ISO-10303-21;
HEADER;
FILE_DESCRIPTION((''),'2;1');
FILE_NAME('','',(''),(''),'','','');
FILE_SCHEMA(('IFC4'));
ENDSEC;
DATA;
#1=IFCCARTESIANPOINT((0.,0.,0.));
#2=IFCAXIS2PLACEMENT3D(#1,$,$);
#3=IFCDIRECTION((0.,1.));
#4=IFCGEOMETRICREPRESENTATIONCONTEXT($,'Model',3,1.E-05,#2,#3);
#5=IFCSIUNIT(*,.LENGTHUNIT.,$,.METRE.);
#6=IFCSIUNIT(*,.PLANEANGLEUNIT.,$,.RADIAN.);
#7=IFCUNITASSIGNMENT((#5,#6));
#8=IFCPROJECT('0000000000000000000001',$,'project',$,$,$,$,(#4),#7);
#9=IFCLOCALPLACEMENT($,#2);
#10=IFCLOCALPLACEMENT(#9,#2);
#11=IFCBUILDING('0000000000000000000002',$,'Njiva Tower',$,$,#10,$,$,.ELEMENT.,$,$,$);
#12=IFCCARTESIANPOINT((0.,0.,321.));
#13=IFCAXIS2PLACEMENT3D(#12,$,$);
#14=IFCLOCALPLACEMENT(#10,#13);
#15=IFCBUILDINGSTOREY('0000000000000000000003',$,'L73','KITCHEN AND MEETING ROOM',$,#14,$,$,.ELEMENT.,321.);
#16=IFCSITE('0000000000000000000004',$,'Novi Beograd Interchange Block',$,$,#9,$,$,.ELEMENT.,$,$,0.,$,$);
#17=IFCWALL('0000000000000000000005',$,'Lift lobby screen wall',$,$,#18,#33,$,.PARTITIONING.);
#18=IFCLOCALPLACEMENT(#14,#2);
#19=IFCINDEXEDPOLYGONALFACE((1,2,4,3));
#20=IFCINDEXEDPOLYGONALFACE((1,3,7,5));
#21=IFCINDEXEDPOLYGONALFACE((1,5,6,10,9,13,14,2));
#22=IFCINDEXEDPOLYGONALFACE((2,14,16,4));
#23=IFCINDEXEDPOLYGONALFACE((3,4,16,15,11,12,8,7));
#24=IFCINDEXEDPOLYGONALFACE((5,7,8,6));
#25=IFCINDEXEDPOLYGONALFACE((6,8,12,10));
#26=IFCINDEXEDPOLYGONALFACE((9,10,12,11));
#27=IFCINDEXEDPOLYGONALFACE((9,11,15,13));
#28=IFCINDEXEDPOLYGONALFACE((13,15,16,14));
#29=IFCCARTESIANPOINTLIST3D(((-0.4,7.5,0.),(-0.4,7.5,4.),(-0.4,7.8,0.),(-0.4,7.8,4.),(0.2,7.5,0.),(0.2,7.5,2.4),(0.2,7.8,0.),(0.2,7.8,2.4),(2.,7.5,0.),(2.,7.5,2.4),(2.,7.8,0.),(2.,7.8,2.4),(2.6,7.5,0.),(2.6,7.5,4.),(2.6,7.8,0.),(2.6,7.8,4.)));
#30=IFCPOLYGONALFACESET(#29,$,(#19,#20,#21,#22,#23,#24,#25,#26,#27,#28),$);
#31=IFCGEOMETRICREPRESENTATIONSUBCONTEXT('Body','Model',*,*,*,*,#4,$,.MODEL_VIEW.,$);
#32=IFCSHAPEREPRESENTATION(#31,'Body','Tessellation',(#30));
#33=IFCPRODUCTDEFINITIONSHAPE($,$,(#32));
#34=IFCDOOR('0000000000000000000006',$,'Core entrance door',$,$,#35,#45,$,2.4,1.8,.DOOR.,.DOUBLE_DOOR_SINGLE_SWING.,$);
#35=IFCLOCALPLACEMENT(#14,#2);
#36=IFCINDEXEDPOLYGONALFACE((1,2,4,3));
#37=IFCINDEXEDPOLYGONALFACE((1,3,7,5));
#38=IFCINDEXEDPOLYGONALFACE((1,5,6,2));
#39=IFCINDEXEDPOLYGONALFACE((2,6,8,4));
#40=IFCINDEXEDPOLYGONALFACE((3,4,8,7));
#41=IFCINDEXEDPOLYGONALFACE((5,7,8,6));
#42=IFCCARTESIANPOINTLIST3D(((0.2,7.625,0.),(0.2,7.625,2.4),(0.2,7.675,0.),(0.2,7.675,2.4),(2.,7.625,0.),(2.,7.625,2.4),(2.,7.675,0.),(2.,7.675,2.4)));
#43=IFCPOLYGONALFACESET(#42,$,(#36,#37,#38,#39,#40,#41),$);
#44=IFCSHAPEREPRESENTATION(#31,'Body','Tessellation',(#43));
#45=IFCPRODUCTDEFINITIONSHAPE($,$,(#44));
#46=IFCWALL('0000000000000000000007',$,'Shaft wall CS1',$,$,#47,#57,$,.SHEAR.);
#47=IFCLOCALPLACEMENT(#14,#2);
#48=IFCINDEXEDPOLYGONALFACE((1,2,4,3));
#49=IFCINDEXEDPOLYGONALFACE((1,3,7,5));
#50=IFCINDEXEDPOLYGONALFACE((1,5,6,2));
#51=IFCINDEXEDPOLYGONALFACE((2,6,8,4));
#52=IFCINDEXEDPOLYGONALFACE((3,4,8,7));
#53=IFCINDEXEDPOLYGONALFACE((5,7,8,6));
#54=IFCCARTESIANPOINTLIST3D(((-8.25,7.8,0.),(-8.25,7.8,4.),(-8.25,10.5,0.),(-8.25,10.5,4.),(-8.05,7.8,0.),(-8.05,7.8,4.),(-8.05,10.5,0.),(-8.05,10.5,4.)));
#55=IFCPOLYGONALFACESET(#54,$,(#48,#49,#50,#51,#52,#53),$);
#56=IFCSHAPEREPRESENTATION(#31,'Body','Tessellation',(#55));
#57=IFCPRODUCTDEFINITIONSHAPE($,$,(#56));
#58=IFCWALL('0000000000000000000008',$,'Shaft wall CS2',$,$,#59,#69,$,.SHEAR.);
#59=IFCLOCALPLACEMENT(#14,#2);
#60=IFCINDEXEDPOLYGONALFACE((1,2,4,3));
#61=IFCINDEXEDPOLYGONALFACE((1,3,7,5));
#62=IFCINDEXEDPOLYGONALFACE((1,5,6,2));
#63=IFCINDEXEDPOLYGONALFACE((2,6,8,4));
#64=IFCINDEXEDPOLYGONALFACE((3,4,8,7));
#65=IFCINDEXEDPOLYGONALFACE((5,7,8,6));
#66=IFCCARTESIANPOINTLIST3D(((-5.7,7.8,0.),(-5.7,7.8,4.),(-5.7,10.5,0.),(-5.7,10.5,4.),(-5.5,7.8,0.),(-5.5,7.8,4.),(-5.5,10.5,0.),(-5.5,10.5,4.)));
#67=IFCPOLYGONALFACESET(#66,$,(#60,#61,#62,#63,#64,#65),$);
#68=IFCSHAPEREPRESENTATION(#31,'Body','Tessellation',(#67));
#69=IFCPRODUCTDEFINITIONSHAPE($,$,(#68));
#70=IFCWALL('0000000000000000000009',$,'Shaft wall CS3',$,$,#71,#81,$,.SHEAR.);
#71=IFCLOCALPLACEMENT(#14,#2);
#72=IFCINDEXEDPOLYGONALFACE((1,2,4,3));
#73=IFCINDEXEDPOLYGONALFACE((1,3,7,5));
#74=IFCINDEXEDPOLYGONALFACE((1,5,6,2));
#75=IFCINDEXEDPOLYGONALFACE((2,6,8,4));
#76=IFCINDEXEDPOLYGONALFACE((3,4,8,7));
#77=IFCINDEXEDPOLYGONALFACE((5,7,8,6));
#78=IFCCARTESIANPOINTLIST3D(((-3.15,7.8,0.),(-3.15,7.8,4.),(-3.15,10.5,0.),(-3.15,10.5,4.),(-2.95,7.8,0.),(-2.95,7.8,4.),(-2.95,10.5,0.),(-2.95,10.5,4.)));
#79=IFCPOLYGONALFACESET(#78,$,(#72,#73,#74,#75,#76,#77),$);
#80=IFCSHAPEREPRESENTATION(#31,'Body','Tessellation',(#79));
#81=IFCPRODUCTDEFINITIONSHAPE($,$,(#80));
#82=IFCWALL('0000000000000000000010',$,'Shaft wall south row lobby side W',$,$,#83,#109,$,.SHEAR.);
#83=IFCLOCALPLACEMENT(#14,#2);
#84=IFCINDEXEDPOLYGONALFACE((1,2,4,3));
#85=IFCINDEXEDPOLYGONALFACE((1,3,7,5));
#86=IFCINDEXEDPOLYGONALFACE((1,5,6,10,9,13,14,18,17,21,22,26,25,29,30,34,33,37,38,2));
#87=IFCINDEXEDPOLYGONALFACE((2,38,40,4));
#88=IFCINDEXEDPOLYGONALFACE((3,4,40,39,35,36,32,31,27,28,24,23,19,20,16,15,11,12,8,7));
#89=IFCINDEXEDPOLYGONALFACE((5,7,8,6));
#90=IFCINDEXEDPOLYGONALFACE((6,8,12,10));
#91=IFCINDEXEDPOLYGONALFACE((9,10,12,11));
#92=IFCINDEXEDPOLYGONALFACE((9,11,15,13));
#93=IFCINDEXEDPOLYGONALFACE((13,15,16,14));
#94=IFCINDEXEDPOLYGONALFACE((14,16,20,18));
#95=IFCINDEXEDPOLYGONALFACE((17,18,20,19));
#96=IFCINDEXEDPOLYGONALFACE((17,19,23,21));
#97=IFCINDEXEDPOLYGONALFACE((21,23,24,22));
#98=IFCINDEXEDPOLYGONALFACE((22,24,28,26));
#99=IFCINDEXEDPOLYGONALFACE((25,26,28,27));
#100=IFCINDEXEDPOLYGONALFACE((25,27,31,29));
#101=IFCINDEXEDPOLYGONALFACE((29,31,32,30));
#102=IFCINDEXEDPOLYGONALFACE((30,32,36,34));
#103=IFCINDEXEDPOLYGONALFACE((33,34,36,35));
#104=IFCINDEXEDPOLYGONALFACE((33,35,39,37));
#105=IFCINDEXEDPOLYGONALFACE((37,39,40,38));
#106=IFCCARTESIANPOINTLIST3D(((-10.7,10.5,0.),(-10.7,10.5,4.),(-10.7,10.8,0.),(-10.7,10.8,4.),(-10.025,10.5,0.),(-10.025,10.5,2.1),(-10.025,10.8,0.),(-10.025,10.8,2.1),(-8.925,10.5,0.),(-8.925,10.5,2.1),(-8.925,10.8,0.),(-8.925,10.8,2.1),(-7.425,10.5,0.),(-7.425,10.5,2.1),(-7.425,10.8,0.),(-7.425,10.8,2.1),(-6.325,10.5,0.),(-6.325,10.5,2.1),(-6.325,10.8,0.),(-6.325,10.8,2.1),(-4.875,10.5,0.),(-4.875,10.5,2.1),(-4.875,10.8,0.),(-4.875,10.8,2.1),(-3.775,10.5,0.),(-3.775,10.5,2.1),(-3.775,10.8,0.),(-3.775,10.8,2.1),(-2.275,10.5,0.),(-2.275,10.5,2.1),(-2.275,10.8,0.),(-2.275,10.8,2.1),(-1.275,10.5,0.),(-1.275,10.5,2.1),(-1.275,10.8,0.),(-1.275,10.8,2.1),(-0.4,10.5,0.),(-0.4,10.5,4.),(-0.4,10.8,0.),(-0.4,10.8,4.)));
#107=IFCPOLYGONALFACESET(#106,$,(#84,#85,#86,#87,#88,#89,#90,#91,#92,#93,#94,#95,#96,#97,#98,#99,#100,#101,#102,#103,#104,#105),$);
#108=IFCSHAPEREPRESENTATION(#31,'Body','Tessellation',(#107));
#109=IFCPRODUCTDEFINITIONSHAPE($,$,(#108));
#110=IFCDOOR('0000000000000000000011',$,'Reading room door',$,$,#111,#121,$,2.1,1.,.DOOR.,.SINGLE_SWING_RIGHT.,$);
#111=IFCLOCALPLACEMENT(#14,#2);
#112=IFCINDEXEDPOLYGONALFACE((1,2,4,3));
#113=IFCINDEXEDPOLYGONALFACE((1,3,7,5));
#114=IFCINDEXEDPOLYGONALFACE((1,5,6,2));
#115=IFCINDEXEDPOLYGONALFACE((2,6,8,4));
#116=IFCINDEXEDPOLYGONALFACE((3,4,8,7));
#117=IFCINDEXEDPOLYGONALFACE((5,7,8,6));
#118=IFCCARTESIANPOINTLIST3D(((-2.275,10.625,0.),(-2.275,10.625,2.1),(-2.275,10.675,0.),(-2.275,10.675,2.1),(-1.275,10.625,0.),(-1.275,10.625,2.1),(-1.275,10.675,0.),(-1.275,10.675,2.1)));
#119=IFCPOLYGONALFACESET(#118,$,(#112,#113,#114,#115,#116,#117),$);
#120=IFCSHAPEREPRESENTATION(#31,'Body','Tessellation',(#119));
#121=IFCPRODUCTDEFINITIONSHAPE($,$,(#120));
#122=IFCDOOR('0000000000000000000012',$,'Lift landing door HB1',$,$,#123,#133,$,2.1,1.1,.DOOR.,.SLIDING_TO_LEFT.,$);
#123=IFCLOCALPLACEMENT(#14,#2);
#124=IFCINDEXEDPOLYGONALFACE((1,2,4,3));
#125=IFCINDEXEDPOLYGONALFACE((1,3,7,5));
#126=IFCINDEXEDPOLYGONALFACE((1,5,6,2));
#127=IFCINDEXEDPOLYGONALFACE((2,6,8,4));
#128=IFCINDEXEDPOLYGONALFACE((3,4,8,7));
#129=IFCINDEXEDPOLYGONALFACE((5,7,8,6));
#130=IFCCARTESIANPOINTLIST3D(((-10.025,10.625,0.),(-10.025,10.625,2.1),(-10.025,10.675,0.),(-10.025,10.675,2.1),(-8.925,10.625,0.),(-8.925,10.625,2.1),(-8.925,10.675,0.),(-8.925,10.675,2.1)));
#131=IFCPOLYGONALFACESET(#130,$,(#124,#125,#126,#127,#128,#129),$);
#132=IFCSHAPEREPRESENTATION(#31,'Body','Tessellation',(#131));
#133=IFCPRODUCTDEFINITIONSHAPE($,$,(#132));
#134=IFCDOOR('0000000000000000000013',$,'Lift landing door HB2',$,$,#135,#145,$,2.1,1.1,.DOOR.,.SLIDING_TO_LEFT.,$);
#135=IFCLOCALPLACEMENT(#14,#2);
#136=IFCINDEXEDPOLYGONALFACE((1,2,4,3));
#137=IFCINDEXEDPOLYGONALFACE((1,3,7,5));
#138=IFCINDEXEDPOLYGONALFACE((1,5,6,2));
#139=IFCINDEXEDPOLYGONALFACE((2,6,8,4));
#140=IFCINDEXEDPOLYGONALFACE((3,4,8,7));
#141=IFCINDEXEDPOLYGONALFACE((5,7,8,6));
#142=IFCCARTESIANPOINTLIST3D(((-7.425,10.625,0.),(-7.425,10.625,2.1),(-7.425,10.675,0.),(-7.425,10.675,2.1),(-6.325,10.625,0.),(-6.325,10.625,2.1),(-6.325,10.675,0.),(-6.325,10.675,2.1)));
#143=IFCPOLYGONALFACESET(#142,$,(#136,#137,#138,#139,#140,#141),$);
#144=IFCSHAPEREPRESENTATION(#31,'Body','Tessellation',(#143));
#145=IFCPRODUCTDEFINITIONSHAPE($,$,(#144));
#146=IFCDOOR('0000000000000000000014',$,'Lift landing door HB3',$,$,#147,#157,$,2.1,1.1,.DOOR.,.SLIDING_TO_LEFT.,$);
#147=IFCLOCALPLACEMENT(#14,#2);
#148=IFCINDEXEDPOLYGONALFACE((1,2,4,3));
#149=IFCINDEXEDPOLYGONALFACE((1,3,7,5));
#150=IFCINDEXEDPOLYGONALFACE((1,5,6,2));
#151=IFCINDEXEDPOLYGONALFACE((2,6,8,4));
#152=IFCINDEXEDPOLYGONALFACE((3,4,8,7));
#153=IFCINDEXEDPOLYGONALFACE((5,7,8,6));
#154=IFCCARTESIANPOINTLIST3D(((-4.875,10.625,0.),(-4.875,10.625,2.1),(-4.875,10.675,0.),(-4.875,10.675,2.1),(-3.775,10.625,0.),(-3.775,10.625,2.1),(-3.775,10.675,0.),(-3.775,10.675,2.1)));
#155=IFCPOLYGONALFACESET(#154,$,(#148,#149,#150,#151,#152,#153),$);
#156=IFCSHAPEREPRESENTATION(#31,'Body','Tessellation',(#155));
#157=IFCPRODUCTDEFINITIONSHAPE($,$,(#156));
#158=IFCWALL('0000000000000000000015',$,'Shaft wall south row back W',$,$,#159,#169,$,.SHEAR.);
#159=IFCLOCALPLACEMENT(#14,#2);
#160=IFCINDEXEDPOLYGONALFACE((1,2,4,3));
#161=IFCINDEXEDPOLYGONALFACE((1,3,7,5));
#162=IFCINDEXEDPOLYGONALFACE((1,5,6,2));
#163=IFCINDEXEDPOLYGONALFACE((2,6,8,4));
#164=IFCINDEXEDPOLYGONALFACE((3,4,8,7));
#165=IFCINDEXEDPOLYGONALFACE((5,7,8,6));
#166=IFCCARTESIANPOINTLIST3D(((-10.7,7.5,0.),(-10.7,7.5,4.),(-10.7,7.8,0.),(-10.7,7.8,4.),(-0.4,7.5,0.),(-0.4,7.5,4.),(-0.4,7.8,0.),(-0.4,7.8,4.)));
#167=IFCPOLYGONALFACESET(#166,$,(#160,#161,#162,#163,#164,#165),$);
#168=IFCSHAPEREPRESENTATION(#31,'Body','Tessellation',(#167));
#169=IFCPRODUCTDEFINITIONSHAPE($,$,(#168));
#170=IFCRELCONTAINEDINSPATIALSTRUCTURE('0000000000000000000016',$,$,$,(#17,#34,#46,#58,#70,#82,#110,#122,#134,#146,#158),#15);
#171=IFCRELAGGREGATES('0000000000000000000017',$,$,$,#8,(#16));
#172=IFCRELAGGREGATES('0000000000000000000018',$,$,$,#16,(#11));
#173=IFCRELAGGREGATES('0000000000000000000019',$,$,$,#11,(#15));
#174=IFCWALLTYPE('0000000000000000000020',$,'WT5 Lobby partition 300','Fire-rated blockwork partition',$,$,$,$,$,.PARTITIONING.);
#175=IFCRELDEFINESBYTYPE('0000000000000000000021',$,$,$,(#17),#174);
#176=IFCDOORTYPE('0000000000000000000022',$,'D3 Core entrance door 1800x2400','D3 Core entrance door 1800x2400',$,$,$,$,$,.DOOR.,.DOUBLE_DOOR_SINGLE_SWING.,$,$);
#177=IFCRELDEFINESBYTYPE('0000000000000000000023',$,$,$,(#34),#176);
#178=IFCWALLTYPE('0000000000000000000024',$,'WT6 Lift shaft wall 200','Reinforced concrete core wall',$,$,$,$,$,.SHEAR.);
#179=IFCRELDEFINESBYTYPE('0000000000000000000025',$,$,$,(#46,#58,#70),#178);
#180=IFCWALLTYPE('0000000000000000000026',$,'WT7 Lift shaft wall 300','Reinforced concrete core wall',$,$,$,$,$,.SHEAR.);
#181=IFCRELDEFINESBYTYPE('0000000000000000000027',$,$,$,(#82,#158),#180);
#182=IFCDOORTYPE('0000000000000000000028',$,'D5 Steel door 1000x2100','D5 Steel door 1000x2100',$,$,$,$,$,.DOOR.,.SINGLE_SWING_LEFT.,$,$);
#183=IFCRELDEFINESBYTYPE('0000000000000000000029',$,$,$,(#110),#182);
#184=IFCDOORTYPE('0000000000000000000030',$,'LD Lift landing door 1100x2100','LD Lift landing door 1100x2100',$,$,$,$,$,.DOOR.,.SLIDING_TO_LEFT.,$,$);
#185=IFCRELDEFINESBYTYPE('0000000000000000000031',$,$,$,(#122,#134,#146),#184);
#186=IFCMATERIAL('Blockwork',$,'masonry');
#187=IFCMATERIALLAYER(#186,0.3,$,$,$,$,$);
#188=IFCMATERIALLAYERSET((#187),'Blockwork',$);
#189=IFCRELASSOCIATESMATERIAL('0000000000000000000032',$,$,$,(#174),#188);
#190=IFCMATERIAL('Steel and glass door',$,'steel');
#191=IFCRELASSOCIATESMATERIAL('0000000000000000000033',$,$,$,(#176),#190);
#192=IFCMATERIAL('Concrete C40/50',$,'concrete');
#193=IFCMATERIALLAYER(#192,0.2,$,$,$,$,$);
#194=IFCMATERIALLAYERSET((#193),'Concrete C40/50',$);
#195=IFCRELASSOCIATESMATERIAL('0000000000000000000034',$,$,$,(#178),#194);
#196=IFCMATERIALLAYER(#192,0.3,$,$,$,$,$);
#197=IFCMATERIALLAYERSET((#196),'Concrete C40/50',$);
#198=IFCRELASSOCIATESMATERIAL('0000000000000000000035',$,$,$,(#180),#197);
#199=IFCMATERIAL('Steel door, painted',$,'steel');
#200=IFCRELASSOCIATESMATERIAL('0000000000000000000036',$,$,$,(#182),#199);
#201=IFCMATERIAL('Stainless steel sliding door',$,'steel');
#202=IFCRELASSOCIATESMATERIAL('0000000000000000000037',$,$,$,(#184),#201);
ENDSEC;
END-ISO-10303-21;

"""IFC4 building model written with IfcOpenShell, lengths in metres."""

from ifc_helpers import new_model, si_unit, direction, frame, frame_2d, origin, place, context, subcontext, project, spatial, rectangle, extrude, material, layer, layer_set, type_object, element, fill, save


model = new_model("IFC4")

# Units and contexts
model_context = context("Model", 3, precision=1e-05, world=origin(), true_north=direction((0.0, 1.0)))
body_context = subcontext(model_context, "Body", "Model", "MODEL_VIEW")
ifc_project = project(units=[si_unit("LENGTHUNIT", "METRE"), si_unit("PLANEANGLEUNIT", "RADIAN")], contexts=[model_context])

# Site, building, storey
site_placement = place(None, origin())
site = spatial("IfcSite", under=ifc_project, at=site_placement, Name="Novi Beograd Interchange Block", CompositionType="ELEMENT", RefElevation=0.0)
building_placement = place(site_placement, origin())
building = spatial("IfcBuilding", under=site, at=building_placement, Name="Njiva Tower", CompositionType="ELEMENT")
storey_placement = place(building_placement, frame((0.0, 0.0, 321.0)))
storey = spatial("IfcBuildingStorey", under=building, at=storey_placement, Name="L73", Description="KITCHEN AND MEETING ROOM", CompositionType="ELEMENT", Elevation=321.0)

# Shared definitions
ifc_material_1 = material(Name="Blockwork", Category="masonry")

# Wall, opening, door
ifc_material_2 = material(Name="Concrete C40/50", Category="concrete")
ifc_layer_1 = layer(ifc_material_1, 0.3)
ifc_layer_set_1 = layer_set([ifc_layer_1], Name="Blockwork")
wall_type_1 = type_object("IfcWallType", Name="WT5 Lobby partition 300", Description="Fire-rated blockwork partition", PredefinedType="PARTITIONING", material=ifc_layer_set_1)
wall_1_placement = place(storey_placement, frame((-0.4, 7.65, 0.0), z_axis=(0.0, 0.0, 1.0), x_axis=(1.0, 0.0, 0.0)))
wall_1 = element("IfcWall", 1, at=wall_1_placement, inside=storey, type_object=wall_type_1, Name="Lift lobby screen wall", PredefinedType="PARTITIONING", context=body_context, shape_type="SweptSolid", body=[
    extrude(rectangle(XDim=3.0, YDim=0.3, at=frame_2d((1.5, 0.0))), origin(), (0.0, 0.0, 1.0), 4.0),
])
opening_1_placement = place(wall_1_placement, frame((0.6, 0.0, 0.0)))
opening_1 = element("IfcOpeningElement", 2, at=opening_1_placement, cuts=wall_1, PredefinedType="OPENING", context=body_context, shape_type="SweptSolid", body=[
    extrude(rectangle(XDim=1.8, YDim=2.4, at=frame_2d((0.9, 1.2))), frame((0.0, 0.16, 0.0), z_axis=(0.0, -1.0, 0.0), x_axis=(1.0, 0.0, 0.0)), (0.0, 0.0, 1.0), 0.32),
])
ifc_material_3 = material(Name="Steel and glass door", Category="steel")
door_type_1 = type_object("IfcDoorType", Name="D3 Core entrance door 1800x2400", Description="D3 Core entrance door 1800x2400", OperationType="DOUBLE_DOOR_SINGLE_SWING", PredefinedType="DOOR", material=ifc_material_3)
door_1_placement = place(opening_1_placement, origin())
door_1 = element("IfcDoor", 3, at=door_1_placement, inside=storey, type_object=door_type_1, Name="Core entrance door", OperationType="DOUBLE_DOOR_SINGLE_SWING", OverallHeight=2.4, OverallWidth=1.8, PredefinedType="DOOR", context=body_context, shape_type="SweptSolid", body=[
    extrude(rectangle(XDim=1.8, YDim=2.4, at=frame_2d((0.9, 1.2))), frame((0.0, 0.025, 0.0), z_axis=(0.0, -1.0, 0.0), x_axis=(1.0, 0.0, 0.0)), (0.0, 0.0, 1.0), 0.05),
])
fill(opening_1, door_1)

# Walls
ifc_layer_2 = layer(ifc_material_2, 0.2)
ifc_layer_set_2 = layer_set([ifc_layer_2], Name="Concrete C40/50")
wall_type_2 = type_object("IfcWallType", Name="WT6 Lift shaft wall 200", Description="Reinforced concrete core wall", PredefinedType="SHEAR", material=ifc_layer_set_2)
for number, where, z_axis, x_axis, name in (
    (4, (-8.15, 7.8, 0.0), (0.0, 0.0, 1.0), (0.0, 1.0, 0.0), "Shaft wall CS1"),
    (5, (-5.6, 7.8, 0.0), (0.0, 0.0, 1.0), (0.0, 1.0, 0.0), "Shaft wall CS2"),
    (6, (-3.05, 7.8, 0.0), (0.0, 0.0, 1.0), (0.0, 1.0, 0.0), "Shaft wall CS3"),
):
    element("IfcWall", number, at=place(storey_placement, frame(where, z_axis=z_axis, x_axis=x_axis)), inside=storey, type_object=wall_type_2, Name=name, PredefinedType="SHEAR", context=body_context, shape_type="SweptSolid", body=[
        extrude(rectangle(XDim=2.7, YDim=0.2, at=frame_2d((1.35, 0.0))), origin(), (0.0, 0.0, 1.0), 4.0),
    ])

# Wall, openings, doors
ifc_layer_3 = layer(ifc_material_2, 0.3)
ifc_layer_set_3 = layer_set([ifc_layer_3], Name="Concrete C40/50")
wall_type_3 = type_object("IfcWallType", Name="WT7 Lift shaft wall 300", Description="Reinforced concrete core wall", PredefinedType="SHEAR", material=ifc_layer_set_3)
wall_2_placement = place(storey_placement, frame((-10.7, 10.65, 0.0), z_axis=(0.0, 0.0, 1.0), x_axis=(1.0, 0.0, 0.0)))
wall_2 = element("IfcWall", 7, at=wall_2_placement, inside=storey, type_object=wall_type_3, Name="Shaft wall south row lobby side W", PredefinedType="SHEAR", context=body_context, shape_type="SweptSolid", body=[
    extrude(rectangle(XDim=10.3, YDim=0.3, at=frame_2d((5.15, 0.0))), origin(), (0.0, 0.0, 1.0), 4.0),
])
opening_2_placement = place(wall_2_placement, frame((0.675, 0.0, 0.0)))
opening_2 = element("IfcOpeningElement", 8, at=opening_2_placement, cuts=wall_2, PredefinedType="OPENING", context=body_context, shape_type="SweptSolid", body=[
    extrude(rectangle(XDim=1.1, YDim=2.1, at=frame_2d((0.55, 1.05))), frame((0.0, 0.16, 0.0), z_axis=(0.0, -1.0, 0.0), x_axis=(1.0, 0.0, 0.0)), (0.0, 0.0, 1.0), 0.32),
])
opening_3_placement = place(wall_2_placement, frame((3.275, 0.0, 0.0)))
opening_3 = element("IfcOpeningElement", 9, at=opening_3_placement, cuts=wall_2, PredefinedType="OPENING", context=body_context, shape_type="SweptSolid", body=[
    extrude(rectangle(XDim=1.1, YDim=2.1, at=frame_2d((0.55, 1.05))), frame((0.0, 0.16, 0.0), z_axis=(0.0, -1.0, 0.0), x_axis=(1.0, 0.0, 0.0)), (0.0, 0.0, 1.0), 0.32),
])
opening_4_placement = place(wall_2_placement, frame((5.825, 0.0, 0.0)))
opening_4 = element("IfcOpeningElement", 10, at=opening_4_placement, cuts=wall_2, PredefinedType="OPENING", context=body_context, shape_type="SweptSolid", body=[
    extrude(rectangle(XDim=1.1, YDim=2.1, at=frame_2d((0.55, 1.05))), frame((0.0, 0.16, 0.0), z_axis=(0.0, -1.0, 0.0), x_axis=(1.0, 0.0, 0.0)), (0.0, 0.0, 1.0), 0.32),
])
opening_5_placement = place(wall_2_placement, frame((8.425, 0.0, 0.0)))
opening_5 = element("IfcOpeningElement", 11, at=opening_5_placement, cuts=wall_2, PredefinedType="OPENING", context=body_context, shape_type="SweptSolid", body=[
    extrude(rectangle(XDim=1.0, YDim=2.1, at=frame_2d((0.5, 1.05))), frame((0.0, 0.16, 0.0), z_axis=(0.0, -1.0, 0.0), x_axis=(1.0, 0.0, 0.0)), (0.0, 0.0, 1.0), 0.32),
])
ifc_material_4 = material(Name="Steel door, painted", Category="steel")
door_type_2 = type_object("IfcDoorType", Name="D5 Steel door 1000x2100", Description="D5 Steel door 1000x2100", OperationType="SINGLE_SWING_LEFT", PredefinedType="DOOR", material=ifc_material_4)
door_2_placement = place(opening_5_placement, origin())
door_2 = element("IfcDoor", 12, at=door_2_placement, inside=storey, type_object=door_type_2, Name="Reading room door", OperationType="SINGLE_SWING_RIGHT", OverallHeight=2.1, OverallWidth=1.0, PredefinedType="DOOR", context=body_context, shape_type="SweptSolid", body=[
    extrude(rectangle(XDim=1.0, YDim=2.1, at=frame_2d((0.5, 1.05))), frame((0.0, 0.025, 0.0), z_axis=(0.0, -1.0, 0.0), x_axis=(1.0, 0.0, 0.0)), (0.0, 0.0, 1.0), 0.05),
])
fill(opening_5, door_2)
ifc_material_5 = material(Name="Stainless steel sliding door", Category="steel")
door_type_3 = type_object("IfcDoorType", Name="LD Lift landing door 1100x2100", Description="LD Lift landing door 1100x2100", OperationType="SLIDING_TO_LEFT", PredefinedType="DOOR", material=ifc_material_5)
door_3_placement = place(opening_2_placement, origin())
door_3 = element("IfcDoor", 13, at=door_3_placement, inside=storey, type_object=door_type_3, Name="Lift landing door HB1", OperationType="SLIDING_TO_LEFT", OverallHeight=2.1, OverallWidth=1.1, PredefinedType="DOOR", context=body_context, shape_type="SweptSolid", body=[
    extrude(rectangle(XDim=1.1, YDim=2.1, at=frame_2d((0.55, 1.05))), frame((0.0, 0.025, 0.0), z_axis=(0.0, -1.0, 0.0), x_axis=(1.0, 0.0, 0.0)), (0.0, 0.0, 1.0), 0.05),
])
fill(opening_2, door_3)
door_4_placement = place(opening_3_placement, origin())
door_4 = element("IfcDoor", 14, at=door_4_placement, inside=storey, type_object=door_type_3, Name="Lift landing door HB2", OperationType="SLIDING_TO_LEFT", OverallHeight=2.1, OverallWidth=1.1, PredefinedType="DOOR", context=body_context, shape_type="SweptSolid", body=[
    extrude(rectangle(XDim=1.1, YDim=2.1, at=frame_2d((0.55, 1.05))), frame((0.0, 0.025, 0.0), z_axis=(0.0, -1.0, 0.0), x_axis=(1.0, 0.0, 0.0)), (0.0, 0.0, 1.0), 0.05),
])
fill(opening_3, door_4)
door_5_placement = place(opening_4_placement, origin())
door_5 = element("IfcDoor", 15, at=door_5_placement, inside=storey, type_object=door_type_3, Name="Lift landing door HB3", OperationType="SLIDING_TO_LEFT", OverallHeight=2.1, OverallWidth=1.1, PredefinedType="DOOR", context=body_context, shape_type="SweptSolid", body=[
    extrude(rectangle(XDim=1.1, YDim=2.1, at=frame_2d((0.55, 1.05))), frame((0.0, 0.025, 0.0), z_axis=(0.0, -1.0, 0.0), x_axis=(1.0, 0.0, 0.0)), (0.0, 0.0, 1.0), 0.05),
])
fill(opening_4, door_5)

# Wall
wall_3_placement = place(storey_placement, frame((-10.7, 7.65, 0.0), z_axis=(0.0, 0.0, 1.0), x_axis=(1.0, 0.0, 0.0)))
element("IfcWall", 16, at=wall_3_placement, inside=storey, type_object=wall_type_3, Name="Shaft wall south row back W", PredefinedType="SHEAR", context=body_context, shape_type="SweptSolid", body=[
    extrude(rectangle(XDim=10.3, YDim=0.3, at=frame_2d((5.15, 0.0))), origin(), (0.0, 0.0, 1.0), 4.0),
])

save(model, "model.ifc")
